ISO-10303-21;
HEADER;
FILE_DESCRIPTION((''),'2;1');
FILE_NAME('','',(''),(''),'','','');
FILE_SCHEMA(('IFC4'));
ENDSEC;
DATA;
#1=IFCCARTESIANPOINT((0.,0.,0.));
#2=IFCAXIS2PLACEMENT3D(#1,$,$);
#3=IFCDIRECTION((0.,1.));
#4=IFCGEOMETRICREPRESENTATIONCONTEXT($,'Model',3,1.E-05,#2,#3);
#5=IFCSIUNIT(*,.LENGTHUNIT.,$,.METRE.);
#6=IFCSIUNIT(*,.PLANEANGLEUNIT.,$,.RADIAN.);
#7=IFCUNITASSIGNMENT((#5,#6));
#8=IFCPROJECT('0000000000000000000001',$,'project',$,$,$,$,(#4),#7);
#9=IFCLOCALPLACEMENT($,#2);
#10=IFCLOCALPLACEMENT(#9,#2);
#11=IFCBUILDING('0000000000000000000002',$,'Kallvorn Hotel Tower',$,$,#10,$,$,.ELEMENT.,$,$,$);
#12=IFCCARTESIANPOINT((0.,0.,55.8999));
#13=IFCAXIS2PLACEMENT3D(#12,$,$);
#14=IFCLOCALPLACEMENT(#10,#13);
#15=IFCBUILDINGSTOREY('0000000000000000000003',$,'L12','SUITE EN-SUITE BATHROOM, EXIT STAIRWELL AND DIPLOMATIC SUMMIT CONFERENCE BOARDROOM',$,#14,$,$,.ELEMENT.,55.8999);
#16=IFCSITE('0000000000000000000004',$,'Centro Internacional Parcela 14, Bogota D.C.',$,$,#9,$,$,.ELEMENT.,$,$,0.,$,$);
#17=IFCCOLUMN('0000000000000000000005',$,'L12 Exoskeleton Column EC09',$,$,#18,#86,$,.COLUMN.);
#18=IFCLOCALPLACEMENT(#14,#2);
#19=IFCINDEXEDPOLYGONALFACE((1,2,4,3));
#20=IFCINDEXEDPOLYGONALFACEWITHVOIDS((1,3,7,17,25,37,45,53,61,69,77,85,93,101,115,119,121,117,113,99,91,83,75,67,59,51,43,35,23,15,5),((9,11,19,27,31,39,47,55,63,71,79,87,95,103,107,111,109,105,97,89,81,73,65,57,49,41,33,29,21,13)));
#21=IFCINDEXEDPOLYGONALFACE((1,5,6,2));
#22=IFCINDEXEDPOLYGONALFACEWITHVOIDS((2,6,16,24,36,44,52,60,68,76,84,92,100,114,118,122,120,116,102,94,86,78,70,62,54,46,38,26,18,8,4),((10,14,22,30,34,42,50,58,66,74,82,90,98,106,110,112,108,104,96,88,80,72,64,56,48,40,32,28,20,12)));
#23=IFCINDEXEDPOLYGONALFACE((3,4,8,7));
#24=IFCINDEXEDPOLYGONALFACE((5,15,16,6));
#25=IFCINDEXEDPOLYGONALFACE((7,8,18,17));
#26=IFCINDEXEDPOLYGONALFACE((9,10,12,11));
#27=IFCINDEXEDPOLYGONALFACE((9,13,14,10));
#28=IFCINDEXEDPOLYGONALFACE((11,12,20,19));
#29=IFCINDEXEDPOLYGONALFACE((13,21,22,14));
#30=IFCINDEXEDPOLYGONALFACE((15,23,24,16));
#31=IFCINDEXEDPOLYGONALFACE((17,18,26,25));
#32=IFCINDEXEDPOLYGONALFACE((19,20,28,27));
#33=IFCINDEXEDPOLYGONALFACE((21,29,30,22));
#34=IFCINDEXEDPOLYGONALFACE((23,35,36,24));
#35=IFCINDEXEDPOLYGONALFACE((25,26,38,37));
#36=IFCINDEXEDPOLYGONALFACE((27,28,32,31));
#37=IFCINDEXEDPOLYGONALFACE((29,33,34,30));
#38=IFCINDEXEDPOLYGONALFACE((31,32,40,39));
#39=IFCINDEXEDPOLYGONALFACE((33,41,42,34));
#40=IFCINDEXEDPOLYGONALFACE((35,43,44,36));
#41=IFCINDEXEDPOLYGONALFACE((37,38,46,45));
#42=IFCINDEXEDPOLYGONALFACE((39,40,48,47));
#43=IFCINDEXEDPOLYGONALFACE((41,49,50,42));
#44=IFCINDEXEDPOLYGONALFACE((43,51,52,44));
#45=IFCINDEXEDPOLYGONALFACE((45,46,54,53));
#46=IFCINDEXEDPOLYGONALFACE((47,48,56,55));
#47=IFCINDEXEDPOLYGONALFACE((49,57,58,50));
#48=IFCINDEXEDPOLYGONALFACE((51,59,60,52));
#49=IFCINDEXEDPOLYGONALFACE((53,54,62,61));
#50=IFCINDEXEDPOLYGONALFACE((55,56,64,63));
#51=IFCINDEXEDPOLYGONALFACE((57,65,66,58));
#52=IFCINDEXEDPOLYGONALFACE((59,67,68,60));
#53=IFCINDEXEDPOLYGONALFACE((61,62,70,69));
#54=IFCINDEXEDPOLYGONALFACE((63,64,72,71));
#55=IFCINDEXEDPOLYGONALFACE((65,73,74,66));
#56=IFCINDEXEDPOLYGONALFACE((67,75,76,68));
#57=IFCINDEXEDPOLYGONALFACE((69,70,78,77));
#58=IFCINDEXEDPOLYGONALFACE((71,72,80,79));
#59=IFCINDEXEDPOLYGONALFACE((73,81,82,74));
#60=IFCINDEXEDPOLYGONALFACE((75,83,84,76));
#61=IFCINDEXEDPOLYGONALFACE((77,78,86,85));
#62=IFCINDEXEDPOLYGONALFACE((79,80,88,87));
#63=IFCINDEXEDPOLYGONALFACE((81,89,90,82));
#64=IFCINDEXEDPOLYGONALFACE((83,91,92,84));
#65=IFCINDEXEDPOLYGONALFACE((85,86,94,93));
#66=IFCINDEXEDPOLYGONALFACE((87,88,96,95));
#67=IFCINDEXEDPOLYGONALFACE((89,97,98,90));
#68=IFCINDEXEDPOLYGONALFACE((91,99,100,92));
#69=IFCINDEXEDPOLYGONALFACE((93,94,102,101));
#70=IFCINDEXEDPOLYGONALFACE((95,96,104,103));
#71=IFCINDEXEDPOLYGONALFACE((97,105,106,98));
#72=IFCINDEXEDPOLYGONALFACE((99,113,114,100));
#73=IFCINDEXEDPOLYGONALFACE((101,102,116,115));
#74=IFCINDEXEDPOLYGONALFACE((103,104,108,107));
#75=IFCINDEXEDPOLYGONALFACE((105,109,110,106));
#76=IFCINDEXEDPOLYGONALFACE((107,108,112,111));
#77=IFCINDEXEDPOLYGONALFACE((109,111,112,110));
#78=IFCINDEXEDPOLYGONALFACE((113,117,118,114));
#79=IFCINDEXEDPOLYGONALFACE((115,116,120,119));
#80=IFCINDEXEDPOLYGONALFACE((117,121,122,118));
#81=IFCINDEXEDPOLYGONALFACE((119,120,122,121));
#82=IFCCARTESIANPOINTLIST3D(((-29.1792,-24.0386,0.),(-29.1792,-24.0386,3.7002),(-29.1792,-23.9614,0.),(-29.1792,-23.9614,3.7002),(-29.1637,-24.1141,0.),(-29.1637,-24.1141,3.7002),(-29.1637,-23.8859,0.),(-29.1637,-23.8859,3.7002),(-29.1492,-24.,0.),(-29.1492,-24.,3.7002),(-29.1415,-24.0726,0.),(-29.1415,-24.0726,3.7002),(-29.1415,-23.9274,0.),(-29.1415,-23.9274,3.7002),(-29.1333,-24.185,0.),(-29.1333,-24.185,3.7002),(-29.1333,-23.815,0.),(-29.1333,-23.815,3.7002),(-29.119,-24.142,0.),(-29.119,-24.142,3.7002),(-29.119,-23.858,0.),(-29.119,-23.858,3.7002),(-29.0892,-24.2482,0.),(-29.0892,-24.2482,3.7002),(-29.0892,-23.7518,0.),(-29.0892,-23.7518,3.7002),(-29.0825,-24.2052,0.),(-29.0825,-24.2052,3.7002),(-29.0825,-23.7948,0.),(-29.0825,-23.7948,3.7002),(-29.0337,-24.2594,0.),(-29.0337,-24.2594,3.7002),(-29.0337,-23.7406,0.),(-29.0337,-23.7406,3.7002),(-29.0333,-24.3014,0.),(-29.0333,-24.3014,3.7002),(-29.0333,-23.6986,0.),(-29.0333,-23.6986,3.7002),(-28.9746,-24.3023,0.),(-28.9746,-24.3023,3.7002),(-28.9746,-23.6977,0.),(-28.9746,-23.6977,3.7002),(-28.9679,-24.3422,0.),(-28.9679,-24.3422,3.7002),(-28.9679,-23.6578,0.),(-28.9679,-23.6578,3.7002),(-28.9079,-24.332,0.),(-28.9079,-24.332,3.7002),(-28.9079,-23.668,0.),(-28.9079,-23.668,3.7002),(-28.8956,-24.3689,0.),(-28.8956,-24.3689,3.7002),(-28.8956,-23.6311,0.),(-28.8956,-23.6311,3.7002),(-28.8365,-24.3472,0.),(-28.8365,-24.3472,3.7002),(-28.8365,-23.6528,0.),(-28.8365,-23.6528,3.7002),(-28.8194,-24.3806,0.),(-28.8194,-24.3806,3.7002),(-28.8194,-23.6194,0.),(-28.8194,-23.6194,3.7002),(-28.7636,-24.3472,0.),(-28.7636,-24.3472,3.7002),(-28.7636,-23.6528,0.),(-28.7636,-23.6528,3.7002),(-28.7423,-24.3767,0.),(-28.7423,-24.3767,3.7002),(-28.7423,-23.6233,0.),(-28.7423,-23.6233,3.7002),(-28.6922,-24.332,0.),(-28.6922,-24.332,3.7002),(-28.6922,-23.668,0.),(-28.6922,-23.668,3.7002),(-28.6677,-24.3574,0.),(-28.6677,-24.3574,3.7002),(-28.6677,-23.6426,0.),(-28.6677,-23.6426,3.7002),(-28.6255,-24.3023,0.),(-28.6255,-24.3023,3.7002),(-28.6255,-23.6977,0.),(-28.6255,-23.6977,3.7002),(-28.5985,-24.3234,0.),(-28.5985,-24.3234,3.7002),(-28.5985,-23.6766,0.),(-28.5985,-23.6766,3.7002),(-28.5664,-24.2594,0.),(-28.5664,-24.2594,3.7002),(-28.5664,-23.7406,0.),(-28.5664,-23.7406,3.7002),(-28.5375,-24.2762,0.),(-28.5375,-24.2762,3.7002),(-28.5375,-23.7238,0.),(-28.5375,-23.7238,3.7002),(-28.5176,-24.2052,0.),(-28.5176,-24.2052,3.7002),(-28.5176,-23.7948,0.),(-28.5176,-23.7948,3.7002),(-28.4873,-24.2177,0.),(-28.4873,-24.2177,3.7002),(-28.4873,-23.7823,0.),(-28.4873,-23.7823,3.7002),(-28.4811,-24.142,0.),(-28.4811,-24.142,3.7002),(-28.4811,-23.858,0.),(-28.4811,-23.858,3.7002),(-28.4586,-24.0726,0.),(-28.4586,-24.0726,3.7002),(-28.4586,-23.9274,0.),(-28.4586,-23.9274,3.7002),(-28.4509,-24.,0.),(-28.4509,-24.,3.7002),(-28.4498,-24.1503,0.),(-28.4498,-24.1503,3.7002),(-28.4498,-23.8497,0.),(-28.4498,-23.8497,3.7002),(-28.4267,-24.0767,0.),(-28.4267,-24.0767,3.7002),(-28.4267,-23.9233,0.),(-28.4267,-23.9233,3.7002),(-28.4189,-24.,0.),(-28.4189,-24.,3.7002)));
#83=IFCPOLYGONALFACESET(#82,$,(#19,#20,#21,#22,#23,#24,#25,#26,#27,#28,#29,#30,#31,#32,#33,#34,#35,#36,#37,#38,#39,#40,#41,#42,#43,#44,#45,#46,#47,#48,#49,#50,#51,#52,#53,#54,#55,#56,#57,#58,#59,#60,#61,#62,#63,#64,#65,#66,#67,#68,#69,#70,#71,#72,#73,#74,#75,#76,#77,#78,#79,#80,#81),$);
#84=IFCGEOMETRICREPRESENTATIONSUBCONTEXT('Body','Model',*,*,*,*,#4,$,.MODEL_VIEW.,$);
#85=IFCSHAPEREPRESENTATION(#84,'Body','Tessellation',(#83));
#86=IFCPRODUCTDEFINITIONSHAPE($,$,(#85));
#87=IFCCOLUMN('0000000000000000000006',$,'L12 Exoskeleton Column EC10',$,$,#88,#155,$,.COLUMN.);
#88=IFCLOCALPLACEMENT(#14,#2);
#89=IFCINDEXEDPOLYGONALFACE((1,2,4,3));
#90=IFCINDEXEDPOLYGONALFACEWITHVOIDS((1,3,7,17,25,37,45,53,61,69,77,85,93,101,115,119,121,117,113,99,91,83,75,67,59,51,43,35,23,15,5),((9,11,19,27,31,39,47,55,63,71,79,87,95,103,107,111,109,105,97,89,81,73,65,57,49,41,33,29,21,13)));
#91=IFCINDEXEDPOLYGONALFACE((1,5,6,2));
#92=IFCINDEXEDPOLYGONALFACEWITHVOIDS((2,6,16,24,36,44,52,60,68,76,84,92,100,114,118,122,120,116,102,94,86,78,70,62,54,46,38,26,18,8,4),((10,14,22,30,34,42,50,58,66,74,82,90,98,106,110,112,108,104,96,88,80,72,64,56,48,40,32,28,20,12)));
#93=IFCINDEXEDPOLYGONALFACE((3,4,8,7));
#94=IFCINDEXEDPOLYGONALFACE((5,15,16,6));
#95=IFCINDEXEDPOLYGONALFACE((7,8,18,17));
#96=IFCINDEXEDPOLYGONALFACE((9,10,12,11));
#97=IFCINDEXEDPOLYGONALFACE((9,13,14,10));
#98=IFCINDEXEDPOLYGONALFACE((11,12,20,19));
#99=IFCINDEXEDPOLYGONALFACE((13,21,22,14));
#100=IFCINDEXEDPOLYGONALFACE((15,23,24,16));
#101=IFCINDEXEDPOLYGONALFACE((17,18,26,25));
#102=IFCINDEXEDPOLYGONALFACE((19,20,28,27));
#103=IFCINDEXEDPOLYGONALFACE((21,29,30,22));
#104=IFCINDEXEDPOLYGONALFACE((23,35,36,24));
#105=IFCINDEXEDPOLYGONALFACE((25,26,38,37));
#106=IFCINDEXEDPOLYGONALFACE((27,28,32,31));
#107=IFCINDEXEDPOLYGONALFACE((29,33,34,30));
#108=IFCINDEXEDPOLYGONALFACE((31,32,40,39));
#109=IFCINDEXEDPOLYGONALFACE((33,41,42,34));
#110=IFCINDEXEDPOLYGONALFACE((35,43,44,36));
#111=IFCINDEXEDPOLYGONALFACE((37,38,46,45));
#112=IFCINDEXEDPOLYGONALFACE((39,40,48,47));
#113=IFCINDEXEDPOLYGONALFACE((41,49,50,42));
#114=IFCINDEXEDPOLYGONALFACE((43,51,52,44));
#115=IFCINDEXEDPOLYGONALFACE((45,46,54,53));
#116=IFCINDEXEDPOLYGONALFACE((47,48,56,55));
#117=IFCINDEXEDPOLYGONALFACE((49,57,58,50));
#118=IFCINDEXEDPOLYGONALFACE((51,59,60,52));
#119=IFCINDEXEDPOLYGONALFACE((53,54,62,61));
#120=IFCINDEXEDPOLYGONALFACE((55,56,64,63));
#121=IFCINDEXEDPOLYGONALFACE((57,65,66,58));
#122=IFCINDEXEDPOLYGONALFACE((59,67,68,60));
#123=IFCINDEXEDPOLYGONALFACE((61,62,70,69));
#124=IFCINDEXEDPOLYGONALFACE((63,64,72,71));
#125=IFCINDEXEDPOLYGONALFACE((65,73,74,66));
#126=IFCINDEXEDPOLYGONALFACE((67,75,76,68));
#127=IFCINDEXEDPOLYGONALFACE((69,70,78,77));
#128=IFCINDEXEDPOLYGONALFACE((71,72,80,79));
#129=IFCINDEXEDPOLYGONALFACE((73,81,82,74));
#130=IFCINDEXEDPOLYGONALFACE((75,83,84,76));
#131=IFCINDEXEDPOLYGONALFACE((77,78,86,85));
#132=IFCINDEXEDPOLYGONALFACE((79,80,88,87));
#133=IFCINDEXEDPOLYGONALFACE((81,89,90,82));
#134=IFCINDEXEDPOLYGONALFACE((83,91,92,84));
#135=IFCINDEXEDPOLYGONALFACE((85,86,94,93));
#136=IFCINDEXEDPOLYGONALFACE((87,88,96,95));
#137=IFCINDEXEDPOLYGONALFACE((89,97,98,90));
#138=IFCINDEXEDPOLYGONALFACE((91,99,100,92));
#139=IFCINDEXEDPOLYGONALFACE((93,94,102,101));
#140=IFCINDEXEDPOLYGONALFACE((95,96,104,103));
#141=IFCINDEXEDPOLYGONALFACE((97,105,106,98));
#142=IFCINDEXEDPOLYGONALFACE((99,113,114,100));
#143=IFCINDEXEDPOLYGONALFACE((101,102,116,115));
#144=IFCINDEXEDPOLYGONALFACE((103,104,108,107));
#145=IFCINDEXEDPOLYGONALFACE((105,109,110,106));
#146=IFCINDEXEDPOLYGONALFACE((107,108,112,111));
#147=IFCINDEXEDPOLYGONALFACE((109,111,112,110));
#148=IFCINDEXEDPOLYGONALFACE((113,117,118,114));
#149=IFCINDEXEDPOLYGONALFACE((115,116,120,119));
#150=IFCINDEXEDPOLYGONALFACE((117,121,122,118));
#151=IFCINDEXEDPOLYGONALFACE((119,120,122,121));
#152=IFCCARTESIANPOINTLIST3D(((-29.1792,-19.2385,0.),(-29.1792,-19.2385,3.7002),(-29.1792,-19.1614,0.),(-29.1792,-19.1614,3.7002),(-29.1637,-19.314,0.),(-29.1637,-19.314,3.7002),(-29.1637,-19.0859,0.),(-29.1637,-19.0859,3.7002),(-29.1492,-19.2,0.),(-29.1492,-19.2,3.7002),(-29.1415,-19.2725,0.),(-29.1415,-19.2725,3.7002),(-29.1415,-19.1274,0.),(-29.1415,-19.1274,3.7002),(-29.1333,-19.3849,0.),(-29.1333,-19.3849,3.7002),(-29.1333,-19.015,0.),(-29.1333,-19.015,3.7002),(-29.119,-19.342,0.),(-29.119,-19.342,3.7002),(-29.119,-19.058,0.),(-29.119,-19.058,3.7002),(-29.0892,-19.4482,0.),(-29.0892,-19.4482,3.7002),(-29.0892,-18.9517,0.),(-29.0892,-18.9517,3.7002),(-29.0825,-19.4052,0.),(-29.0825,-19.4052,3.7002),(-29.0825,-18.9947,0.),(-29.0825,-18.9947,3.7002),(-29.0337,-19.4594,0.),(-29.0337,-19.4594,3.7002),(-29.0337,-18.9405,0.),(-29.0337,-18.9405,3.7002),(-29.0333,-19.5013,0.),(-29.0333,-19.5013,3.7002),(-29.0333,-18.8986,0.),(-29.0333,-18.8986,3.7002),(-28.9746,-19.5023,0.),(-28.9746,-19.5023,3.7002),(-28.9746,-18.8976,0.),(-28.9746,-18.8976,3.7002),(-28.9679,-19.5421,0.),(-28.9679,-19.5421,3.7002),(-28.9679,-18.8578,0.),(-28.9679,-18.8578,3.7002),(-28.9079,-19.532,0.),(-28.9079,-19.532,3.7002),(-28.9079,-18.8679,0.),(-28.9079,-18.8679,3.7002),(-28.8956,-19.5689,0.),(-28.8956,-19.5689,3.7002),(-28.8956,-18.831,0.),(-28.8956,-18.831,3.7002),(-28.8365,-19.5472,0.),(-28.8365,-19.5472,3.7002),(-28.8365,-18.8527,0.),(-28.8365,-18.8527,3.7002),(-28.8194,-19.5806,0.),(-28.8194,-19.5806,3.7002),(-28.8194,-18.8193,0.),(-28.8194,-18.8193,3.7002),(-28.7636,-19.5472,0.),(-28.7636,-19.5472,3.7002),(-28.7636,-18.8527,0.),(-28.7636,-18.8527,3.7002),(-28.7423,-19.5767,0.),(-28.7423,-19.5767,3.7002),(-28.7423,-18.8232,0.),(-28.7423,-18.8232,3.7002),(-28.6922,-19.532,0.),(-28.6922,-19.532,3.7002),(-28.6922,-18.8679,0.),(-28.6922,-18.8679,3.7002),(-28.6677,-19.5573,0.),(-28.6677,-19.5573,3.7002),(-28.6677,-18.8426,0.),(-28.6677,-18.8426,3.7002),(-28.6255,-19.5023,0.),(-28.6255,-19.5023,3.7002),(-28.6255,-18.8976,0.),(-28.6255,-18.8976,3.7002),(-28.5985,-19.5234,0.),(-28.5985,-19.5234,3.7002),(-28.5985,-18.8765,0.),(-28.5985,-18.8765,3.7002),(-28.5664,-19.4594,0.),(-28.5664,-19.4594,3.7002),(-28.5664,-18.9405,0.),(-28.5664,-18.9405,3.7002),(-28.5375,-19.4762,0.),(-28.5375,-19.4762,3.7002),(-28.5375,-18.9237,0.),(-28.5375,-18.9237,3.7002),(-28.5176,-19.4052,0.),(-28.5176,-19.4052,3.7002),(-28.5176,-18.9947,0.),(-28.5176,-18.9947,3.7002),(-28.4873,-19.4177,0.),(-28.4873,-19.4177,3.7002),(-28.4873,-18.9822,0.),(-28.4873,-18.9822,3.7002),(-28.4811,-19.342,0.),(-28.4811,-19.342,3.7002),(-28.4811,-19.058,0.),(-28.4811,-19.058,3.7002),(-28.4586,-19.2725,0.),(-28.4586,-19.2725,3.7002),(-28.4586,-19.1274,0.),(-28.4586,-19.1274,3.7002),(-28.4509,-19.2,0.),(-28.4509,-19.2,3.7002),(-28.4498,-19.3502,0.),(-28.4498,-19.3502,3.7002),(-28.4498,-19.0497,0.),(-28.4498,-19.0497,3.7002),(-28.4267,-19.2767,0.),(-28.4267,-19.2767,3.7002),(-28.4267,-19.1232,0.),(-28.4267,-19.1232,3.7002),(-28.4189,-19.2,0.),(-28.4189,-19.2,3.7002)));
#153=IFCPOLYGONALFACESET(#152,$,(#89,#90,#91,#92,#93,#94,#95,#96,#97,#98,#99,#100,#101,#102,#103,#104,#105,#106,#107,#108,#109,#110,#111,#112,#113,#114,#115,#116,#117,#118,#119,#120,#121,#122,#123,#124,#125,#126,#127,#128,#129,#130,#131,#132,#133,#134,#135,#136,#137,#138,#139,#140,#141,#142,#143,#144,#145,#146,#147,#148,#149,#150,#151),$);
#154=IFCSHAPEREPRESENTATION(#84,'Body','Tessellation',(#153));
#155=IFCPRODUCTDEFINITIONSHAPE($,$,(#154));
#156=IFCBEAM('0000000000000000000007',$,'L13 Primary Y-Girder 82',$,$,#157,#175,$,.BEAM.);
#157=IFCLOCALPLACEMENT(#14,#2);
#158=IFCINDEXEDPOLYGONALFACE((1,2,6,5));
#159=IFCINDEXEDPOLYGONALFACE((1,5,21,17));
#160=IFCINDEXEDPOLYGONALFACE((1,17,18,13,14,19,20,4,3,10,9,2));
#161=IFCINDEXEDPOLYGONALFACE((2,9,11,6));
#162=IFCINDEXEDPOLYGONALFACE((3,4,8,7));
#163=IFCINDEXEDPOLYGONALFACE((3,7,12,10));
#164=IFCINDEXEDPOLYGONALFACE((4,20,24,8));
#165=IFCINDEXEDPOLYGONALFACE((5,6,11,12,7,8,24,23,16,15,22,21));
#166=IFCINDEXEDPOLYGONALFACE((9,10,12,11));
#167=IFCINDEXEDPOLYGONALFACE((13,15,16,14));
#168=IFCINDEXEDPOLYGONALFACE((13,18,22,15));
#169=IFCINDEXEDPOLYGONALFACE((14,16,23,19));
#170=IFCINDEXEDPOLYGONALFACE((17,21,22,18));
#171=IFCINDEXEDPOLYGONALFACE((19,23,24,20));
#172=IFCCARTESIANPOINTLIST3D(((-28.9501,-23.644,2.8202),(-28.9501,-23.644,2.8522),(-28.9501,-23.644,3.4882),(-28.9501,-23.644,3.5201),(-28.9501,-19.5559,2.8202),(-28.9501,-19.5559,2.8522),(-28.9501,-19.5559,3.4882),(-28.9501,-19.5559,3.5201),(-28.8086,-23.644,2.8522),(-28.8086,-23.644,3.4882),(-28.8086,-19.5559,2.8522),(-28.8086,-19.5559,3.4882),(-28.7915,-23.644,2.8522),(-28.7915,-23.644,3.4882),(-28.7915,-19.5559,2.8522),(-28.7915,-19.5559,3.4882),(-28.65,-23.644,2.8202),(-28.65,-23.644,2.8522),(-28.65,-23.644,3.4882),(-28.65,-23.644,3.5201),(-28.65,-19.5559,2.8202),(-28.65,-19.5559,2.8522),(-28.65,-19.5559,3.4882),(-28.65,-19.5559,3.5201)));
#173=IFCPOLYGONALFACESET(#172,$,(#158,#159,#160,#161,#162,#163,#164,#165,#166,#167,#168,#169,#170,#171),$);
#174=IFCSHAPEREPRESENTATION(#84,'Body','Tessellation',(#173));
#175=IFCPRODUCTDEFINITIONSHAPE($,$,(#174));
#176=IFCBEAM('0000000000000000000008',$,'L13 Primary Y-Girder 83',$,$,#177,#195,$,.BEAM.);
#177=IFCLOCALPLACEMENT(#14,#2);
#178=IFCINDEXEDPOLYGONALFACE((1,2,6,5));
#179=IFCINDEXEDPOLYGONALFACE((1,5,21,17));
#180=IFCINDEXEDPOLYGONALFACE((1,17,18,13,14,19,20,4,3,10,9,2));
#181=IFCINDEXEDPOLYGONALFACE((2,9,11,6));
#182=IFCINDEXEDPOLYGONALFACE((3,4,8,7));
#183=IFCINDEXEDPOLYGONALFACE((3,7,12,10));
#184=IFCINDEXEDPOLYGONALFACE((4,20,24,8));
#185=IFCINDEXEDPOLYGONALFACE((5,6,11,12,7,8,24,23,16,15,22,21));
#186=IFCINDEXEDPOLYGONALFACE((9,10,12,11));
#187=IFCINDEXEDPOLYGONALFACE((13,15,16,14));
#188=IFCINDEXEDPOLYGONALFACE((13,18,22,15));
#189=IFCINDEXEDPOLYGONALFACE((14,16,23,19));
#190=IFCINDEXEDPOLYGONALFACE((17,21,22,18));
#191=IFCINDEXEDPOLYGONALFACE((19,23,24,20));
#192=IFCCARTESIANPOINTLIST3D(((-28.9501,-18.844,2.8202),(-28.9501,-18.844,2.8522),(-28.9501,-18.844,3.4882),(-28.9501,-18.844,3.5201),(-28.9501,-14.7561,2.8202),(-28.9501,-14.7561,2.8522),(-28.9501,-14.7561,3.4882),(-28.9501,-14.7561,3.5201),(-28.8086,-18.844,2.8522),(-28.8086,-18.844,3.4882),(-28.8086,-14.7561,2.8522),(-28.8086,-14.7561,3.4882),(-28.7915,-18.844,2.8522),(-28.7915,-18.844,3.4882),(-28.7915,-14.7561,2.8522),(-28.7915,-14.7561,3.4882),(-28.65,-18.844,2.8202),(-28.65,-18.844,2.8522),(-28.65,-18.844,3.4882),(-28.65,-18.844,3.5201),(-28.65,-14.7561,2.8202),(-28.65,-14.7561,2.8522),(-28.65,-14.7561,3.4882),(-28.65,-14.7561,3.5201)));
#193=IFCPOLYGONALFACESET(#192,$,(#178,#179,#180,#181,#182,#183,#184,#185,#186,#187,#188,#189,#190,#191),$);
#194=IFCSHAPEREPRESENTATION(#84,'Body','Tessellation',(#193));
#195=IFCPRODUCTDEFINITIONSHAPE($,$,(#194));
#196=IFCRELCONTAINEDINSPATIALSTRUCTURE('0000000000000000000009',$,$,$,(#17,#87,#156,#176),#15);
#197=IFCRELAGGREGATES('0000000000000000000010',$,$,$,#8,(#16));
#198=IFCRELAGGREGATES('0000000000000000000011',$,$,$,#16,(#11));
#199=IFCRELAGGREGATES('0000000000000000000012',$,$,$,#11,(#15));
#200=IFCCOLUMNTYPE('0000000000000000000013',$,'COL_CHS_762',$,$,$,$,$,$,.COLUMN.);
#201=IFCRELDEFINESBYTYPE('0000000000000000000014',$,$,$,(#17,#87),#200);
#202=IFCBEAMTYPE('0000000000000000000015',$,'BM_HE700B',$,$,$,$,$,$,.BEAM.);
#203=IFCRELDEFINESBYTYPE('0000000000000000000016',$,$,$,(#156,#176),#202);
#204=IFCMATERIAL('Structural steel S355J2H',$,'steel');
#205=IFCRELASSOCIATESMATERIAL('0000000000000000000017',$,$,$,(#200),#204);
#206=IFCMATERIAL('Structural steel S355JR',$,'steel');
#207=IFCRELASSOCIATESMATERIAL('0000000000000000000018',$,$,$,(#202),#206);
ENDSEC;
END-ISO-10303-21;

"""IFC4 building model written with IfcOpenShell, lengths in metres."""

from ifc_helpers import new_model, si_unit, direction, frame, origin, origin_2d, place, context, subcontext, project, spatial, hollow_circle, i_section, extrude, material, material_profile, profile_set, type_object, element, save


model = new_model("IFC4")

# Units and contexts
model_context = context("Model", 3, precision=1e-05, world=origin(), true_north=direction((0.0, 1.0)))
body_context = subcontext(model_context, "Body", "Model", "MODEL_VIEW")
ifc_project = project(units=[si_unit("LENGTHUNIT", "METRE"), si_unit("PLANEANGLEUNIT", "RADIAN")], contexts=[model_context])

# Site, building, storey
site_placement = place(None, origin())
site = spatial("IfcSite", under=ifc_project, at=site_placement, Name="Centro Internacional Parcela 14, Bogota D.C.", CompositionType="ELEMENT", RefElevation=0.0)
building_placement = place(site_placement, origin())
building = spatial("IfcBuilding", under=site, at=building_placement, Name="Kallvorn Hotel Tower", CompositionType="ELEMENT")
storey_placement = place(building_placement, frame((0.0, 0.0, 55.8999)))
storey = spatial("IfcBuildingStorey", under=building, at=storey_placement, Name="L12", Description="SUITE EN-SUITE BATHROOM, EXIT STAIRWELL AND DIPLOMATIC SUMMIT CONFERENCE BOARDROOM", CompositionType="ELEMENT", Elevation=55.8999)

# Columns
ifc_material_1 = material(Name="Structural steel S355J2H", Category="steel")
ifc_material_profile_1 = material_profile(ifc_material_1, hollow_circle(Radius=0.3811, WallThickness=0.032, at=origin_2d()), Name="CHS 762x32")
ifc_profile_set_1 = profile_set([ifc_material_profile_1], Name="Structural steel S355J2H")
column_type = type_object("IfcColumnType", Name="COL_CHS_762", PredefinedType="COLUMN", material=ifc_profile_set_1)
for number, where, z_axis, x_axis, name in (
    (1, (-28.8, -24.0, 0.0), (0.0, 0.0, 1.0), (1.0, 0.0, 0.0), "L12 Exoskeleton Column EC09"),
    (2, (-28.8, -19.2, 0.0), (0.0, 0.0, 1.0), (1.0, 0.0, 0.0), "L12 Exoskeleton Column EC10"),
):
    element("IfcColumn", number, at=place(storey_placement, frame(where, z_axis=z_axis, x_axis=x_axis)), inside=storey, type_object=column_type, Name=name, PredefinedType="COLUMN", context=body_context, shape_type="SweptSolid", body=[
        extrude(hollow_circle(Radius=0.3811, WallThickness=0.032, at=origin_2d()), origin(), (0.0, 0.0, 1.0), 3.7002),
    ])

# Beams
ifc_material_2 = material(Name="Structural steel S355JR", Category="steel")
ifc_material_profile_2 = material_profile(ifc_material_2, i_section(OverallWidth=0.3, OverallDepth=0.7, WebThickness=0.0171, FlangeThickness=0.032, at=origin_2d()), Name="HE 700 B")
ifc_profile_set_2 = profile_set([ifc_material_profile_2], Name="Structural steel S355JR")
beam_type_1 = type_object("IfcBeamType", Name="BM_HE700B", PredefinedType="BEAM", material=ifc_profile_set_2)
beam_1_placement = place(storey_placement, frame((-28.8, -23.644, 3.1702), z_axis=(0.0, 1.0, 0.0), x_axis=(-1.0, 0.0, 0.0)))
element("IfcBeam", 3, at=beam_1_placement, inside=storey, type_object=beam_type_1, Name="L13 Primary Y-Girder 82", PredefinedType="BEAM", context=body_context, shape_type="SweptSolid", body=[
    extrude(i_section(OverallWidth=0.3, OverallDepth=0.7, WebThickness=0.0171, FlangeThickness=0.032, at=origin_2d()), origin(), (0.0, 0.0, 1.0), 4.0881),
])
beam_2_placement = place(storey_placement, frame((-28.8, -18.844, 3.1702), z_axis=(0.0, 1.0, 0.0), x_axis=(-1.0, 0.0, 0.0)))
element("IfcBeam", 4, at=beam_2_placement, inside=storey, type_object=beam_type_1, Name="L13 Primary Y-Girder 83", PredefinedType="BEAM", context=body_context, shape_type="SweptSolid", body=[
    extrude(i_section(OverallWidth=0.3, OverallDepth=0.7, WebThickness=0.0171, FlangeThickness=0.032, at=origin_2d()), origin(), (0.0, 0.0, 1.0), 4.0879),
])

save(model, "model.ifc")
